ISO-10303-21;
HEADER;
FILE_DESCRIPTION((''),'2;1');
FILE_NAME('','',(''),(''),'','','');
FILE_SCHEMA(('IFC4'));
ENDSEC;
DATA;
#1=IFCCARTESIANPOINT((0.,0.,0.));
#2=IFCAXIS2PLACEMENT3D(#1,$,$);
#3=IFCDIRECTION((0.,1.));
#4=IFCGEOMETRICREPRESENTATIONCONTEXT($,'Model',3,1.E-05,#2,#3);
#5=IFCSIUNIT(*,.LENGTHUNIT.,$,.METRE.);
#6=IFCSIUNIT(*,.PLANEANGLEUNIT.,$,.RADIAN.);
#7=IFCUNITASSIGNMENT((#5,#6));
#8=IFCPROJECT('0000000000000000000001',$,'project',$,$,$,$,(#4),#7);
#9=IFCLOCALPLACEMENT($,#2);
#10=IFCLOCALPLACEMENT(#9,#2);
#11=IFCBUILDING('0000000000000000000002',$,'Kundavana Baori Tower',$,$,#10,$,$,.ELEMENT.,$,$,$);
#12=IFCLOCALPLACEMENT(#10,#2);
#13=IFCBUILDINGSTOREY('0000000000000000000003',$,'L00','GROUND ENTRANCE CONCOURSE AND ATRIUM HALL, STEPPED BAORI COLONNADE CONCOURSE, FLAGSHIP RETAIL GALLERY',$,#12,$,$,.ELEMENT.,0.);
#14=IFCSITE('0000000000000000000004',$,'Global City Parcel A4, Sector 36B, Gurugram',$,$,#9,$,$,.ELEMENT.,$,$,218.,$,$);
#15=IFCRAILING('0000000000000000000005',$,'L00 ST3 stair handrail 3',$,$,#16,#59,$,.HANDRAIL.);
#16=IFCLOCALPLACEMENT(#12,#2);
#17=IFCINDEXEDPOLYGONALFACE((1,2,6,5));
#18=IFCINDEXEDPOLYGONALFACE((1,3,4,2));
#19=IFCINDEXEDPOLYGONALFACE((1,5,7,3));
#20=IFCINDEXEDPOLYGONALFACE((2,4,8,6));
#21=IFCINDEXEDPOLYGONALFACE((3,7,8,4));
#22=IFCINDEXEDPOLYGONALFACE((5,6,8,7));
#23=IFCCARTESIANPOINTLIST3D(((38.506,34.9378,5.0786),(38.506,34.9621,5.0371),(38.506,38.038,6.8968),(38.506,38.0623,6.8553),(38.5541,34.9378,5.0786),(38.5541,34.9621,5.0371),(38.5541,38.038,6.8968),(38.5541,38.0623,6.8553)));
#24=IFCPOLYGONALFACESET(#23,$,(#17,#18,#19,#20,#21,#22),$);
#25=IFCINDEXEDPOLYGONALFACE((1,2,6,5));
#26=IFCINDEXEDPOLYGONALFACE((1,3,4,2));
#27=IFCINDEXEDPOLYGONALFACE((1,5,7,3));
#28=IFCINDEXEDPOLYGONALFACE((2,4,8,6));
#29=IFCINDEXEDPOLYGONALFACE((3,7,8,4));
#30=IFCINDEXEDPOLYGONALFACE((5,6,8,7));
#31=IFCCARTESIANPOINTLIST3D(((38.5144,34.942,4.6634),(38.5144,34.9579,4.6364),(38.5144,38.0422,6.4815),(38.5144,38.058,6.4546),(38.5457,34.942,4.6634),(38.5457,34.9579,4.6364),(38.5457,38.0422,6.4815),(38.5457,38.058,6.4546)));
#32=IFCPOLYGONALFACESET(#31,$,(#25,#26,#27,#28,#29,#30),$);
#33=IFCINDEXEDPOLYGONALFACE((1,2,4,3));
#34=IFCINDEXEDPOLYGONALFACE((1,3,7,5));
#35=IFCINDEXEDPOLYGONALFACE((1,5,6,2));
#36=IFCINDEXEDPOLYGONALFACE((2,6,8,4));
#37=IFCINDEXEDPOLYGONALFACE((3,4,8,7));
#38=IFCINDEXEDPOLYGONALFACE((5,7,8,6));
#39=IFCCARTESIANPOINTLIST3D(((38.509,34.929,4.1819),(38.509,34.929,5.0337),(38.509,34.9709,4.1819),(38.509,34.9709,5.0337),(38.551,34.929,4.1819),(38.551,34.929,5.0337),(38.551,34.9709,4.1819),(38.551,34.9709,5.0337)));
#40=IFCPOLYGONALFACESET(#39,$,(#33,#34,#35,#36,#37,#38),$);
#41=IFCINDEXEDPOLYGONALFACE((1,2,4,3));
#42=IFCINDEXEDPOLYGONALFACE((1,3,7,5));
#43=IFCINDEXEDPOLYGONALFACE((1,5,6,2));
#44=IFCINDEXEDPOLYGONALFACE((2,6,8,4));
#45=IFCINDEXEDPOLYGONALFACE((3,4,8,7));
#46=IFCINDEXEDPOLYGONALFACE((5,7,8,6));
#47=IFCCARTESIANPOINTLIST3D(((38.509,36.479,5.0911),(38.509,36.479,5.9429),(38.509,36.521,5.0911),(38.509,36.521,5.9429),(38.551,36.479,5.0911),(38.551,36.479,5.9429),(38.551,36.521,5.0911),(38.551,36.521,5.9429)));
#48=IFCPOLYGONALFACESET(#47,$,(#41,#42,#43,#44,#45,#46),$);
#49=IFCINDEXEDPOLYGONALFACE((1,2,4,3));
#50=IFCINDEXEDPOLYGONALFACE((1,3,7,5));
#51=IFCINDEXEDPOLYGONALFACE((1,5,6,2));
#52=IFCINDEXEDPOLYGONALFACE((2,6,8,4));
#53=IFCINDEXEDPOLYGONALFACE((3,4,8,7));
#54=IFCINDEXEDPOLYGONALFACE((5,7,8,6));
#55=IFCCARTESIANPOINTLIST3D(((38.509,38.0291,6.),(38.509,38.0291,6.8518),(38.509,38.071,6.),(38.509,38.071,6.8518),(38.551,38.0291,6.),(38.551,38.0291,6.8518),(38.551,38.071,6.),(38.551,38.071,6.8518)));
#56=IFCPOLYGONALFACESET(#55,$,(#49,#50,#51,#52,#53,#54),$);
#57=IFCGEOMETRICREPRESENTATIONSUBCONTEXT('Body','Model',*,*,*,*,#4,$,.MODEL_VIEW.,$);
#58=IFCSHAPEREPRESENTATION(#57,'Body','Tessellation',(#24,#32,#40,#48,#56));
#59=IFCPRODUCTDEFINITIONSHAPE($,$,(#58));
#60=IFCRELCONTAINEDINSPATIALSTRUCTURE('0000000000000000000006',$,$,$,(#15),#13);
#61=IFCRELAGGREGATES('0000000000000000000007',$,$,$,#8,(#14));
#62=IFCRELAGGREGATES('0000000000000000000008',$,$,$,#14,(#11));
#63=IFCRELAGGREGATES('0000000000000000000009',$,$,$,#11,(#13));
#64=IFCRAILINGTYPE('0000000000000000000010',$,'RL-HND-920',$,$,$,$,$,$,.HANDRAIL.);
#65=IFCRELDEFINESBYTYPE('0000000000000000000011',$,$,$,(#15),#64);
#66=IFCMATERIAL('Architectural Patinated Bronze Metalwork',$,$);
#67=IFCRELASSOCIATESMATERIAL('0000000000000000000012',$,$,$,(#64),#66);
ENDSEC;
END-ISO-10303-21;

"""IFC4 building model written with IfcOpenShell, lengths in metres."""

from ifc_helpers import new_model, si_unit, direction, frame, origin, origin_2d, place, context, subcontext, project, spatial, rectangle, extrude, material, type_object, element, save


model = new_model("IFC4")

# Units and contexts
model_context = context("Model", 3, precision=1e-05, world=origin(), true_north=direction((0.0, 1.0)))
body_context = subcontext(model_context, "Body", "Model", "MODEL_VIEW")
ifc_project = project(units=[si_unit("LENGTHUNIT", "METRE"), si_unit("PLANEANGLEUNIT", "RADIAN")], contexts=[model_context])

# Site, building, storey
site_placement = place(None, origin())
site = spatial("IfcSite", under=ifc_project, at=site_placement, Name="Global City Parcel A4, Sector 36B, Gurugram", CompositionType="ELEMENT", RefElevation=218.0)
building_placement = place(site_placement, origin())
building = spatial("IfcBuilding", under=site, at=building_placement, Name="Kundavana Baori Tower", CompositionType="ELEMENT")
storey_placement = place(building_placement, origin())
storey = spatial("IfcBuildingStorey", under=building, at=storey_placement, Name="L00", Description="GROUND ENTRANCE CONCOURSE AND ATRIUM HALL, STEPPED BAORI COLONNADE CONCOURSE, FLAGSHIP RETAIL GALLERY", CompositionType="ELEMENT", Elevation=0.0)

# Railing
ifc_material_1 = material(Name="Architectural Patinated Bronze Metalwork")
railing_type_1 = type_object("IfcRailingType", Name="RL-HND-920", PredefinedType="HANDRAIL", material=ifc_material_1)
for number, where, name in (
    (1, (38.53, 34.95, 4.1819), "L00 ST3 stair handrail 3"),
):
    element("IfcRailing", number, at=place(storey_placement, frame(where)), inside=storey, type_object=railing_type_1, Name=name, PredefinedType="HANDRAIL", context=body_context, shape_type="SweptSolid", body=[
        extrude(rectangle(XDim=0.0481, YDim=0.0481, at=origin_2d()), frame((0.0, 0.0, 0.876), z_axis=(0.0, 0.862599, 0.505889), x_axis=(-1.0, 0.0, 0.0)), (0.0, 0.0, 1.0), 3.594),
        extrude(rectangle(XDim=0.0312, YDim=0.0312, at=origin_2d()), frame((0.0, 0.0, 0.468), z_axis=(0.0, 0.862599, 0.505889), x_axis=(-1.0, 0.0, 0.0)), (0.0, 0.0, 1.0), 3.594),
        extrude(rectangle(XDim=0.042, YDim=0.042, at=origin_2d()), origin(), (0.0, 0.0, 1.0), 0.8518),
        extrude(rectangle(XDim=0.042, YDim=0.042, at=origin_2d()), frame((0.0, 1.55, 0.9092)), (0.0, 0.0, 1.0), 0.8518),
        extrude(rectangle(XDim=0.042, YDim=0.042, at=origin_2d()), frame((0.0, 3.1001, 1.8181)), (0.0, 0.0, 1.0), 0.8518),
    ])

save(model, "model.ifc")
